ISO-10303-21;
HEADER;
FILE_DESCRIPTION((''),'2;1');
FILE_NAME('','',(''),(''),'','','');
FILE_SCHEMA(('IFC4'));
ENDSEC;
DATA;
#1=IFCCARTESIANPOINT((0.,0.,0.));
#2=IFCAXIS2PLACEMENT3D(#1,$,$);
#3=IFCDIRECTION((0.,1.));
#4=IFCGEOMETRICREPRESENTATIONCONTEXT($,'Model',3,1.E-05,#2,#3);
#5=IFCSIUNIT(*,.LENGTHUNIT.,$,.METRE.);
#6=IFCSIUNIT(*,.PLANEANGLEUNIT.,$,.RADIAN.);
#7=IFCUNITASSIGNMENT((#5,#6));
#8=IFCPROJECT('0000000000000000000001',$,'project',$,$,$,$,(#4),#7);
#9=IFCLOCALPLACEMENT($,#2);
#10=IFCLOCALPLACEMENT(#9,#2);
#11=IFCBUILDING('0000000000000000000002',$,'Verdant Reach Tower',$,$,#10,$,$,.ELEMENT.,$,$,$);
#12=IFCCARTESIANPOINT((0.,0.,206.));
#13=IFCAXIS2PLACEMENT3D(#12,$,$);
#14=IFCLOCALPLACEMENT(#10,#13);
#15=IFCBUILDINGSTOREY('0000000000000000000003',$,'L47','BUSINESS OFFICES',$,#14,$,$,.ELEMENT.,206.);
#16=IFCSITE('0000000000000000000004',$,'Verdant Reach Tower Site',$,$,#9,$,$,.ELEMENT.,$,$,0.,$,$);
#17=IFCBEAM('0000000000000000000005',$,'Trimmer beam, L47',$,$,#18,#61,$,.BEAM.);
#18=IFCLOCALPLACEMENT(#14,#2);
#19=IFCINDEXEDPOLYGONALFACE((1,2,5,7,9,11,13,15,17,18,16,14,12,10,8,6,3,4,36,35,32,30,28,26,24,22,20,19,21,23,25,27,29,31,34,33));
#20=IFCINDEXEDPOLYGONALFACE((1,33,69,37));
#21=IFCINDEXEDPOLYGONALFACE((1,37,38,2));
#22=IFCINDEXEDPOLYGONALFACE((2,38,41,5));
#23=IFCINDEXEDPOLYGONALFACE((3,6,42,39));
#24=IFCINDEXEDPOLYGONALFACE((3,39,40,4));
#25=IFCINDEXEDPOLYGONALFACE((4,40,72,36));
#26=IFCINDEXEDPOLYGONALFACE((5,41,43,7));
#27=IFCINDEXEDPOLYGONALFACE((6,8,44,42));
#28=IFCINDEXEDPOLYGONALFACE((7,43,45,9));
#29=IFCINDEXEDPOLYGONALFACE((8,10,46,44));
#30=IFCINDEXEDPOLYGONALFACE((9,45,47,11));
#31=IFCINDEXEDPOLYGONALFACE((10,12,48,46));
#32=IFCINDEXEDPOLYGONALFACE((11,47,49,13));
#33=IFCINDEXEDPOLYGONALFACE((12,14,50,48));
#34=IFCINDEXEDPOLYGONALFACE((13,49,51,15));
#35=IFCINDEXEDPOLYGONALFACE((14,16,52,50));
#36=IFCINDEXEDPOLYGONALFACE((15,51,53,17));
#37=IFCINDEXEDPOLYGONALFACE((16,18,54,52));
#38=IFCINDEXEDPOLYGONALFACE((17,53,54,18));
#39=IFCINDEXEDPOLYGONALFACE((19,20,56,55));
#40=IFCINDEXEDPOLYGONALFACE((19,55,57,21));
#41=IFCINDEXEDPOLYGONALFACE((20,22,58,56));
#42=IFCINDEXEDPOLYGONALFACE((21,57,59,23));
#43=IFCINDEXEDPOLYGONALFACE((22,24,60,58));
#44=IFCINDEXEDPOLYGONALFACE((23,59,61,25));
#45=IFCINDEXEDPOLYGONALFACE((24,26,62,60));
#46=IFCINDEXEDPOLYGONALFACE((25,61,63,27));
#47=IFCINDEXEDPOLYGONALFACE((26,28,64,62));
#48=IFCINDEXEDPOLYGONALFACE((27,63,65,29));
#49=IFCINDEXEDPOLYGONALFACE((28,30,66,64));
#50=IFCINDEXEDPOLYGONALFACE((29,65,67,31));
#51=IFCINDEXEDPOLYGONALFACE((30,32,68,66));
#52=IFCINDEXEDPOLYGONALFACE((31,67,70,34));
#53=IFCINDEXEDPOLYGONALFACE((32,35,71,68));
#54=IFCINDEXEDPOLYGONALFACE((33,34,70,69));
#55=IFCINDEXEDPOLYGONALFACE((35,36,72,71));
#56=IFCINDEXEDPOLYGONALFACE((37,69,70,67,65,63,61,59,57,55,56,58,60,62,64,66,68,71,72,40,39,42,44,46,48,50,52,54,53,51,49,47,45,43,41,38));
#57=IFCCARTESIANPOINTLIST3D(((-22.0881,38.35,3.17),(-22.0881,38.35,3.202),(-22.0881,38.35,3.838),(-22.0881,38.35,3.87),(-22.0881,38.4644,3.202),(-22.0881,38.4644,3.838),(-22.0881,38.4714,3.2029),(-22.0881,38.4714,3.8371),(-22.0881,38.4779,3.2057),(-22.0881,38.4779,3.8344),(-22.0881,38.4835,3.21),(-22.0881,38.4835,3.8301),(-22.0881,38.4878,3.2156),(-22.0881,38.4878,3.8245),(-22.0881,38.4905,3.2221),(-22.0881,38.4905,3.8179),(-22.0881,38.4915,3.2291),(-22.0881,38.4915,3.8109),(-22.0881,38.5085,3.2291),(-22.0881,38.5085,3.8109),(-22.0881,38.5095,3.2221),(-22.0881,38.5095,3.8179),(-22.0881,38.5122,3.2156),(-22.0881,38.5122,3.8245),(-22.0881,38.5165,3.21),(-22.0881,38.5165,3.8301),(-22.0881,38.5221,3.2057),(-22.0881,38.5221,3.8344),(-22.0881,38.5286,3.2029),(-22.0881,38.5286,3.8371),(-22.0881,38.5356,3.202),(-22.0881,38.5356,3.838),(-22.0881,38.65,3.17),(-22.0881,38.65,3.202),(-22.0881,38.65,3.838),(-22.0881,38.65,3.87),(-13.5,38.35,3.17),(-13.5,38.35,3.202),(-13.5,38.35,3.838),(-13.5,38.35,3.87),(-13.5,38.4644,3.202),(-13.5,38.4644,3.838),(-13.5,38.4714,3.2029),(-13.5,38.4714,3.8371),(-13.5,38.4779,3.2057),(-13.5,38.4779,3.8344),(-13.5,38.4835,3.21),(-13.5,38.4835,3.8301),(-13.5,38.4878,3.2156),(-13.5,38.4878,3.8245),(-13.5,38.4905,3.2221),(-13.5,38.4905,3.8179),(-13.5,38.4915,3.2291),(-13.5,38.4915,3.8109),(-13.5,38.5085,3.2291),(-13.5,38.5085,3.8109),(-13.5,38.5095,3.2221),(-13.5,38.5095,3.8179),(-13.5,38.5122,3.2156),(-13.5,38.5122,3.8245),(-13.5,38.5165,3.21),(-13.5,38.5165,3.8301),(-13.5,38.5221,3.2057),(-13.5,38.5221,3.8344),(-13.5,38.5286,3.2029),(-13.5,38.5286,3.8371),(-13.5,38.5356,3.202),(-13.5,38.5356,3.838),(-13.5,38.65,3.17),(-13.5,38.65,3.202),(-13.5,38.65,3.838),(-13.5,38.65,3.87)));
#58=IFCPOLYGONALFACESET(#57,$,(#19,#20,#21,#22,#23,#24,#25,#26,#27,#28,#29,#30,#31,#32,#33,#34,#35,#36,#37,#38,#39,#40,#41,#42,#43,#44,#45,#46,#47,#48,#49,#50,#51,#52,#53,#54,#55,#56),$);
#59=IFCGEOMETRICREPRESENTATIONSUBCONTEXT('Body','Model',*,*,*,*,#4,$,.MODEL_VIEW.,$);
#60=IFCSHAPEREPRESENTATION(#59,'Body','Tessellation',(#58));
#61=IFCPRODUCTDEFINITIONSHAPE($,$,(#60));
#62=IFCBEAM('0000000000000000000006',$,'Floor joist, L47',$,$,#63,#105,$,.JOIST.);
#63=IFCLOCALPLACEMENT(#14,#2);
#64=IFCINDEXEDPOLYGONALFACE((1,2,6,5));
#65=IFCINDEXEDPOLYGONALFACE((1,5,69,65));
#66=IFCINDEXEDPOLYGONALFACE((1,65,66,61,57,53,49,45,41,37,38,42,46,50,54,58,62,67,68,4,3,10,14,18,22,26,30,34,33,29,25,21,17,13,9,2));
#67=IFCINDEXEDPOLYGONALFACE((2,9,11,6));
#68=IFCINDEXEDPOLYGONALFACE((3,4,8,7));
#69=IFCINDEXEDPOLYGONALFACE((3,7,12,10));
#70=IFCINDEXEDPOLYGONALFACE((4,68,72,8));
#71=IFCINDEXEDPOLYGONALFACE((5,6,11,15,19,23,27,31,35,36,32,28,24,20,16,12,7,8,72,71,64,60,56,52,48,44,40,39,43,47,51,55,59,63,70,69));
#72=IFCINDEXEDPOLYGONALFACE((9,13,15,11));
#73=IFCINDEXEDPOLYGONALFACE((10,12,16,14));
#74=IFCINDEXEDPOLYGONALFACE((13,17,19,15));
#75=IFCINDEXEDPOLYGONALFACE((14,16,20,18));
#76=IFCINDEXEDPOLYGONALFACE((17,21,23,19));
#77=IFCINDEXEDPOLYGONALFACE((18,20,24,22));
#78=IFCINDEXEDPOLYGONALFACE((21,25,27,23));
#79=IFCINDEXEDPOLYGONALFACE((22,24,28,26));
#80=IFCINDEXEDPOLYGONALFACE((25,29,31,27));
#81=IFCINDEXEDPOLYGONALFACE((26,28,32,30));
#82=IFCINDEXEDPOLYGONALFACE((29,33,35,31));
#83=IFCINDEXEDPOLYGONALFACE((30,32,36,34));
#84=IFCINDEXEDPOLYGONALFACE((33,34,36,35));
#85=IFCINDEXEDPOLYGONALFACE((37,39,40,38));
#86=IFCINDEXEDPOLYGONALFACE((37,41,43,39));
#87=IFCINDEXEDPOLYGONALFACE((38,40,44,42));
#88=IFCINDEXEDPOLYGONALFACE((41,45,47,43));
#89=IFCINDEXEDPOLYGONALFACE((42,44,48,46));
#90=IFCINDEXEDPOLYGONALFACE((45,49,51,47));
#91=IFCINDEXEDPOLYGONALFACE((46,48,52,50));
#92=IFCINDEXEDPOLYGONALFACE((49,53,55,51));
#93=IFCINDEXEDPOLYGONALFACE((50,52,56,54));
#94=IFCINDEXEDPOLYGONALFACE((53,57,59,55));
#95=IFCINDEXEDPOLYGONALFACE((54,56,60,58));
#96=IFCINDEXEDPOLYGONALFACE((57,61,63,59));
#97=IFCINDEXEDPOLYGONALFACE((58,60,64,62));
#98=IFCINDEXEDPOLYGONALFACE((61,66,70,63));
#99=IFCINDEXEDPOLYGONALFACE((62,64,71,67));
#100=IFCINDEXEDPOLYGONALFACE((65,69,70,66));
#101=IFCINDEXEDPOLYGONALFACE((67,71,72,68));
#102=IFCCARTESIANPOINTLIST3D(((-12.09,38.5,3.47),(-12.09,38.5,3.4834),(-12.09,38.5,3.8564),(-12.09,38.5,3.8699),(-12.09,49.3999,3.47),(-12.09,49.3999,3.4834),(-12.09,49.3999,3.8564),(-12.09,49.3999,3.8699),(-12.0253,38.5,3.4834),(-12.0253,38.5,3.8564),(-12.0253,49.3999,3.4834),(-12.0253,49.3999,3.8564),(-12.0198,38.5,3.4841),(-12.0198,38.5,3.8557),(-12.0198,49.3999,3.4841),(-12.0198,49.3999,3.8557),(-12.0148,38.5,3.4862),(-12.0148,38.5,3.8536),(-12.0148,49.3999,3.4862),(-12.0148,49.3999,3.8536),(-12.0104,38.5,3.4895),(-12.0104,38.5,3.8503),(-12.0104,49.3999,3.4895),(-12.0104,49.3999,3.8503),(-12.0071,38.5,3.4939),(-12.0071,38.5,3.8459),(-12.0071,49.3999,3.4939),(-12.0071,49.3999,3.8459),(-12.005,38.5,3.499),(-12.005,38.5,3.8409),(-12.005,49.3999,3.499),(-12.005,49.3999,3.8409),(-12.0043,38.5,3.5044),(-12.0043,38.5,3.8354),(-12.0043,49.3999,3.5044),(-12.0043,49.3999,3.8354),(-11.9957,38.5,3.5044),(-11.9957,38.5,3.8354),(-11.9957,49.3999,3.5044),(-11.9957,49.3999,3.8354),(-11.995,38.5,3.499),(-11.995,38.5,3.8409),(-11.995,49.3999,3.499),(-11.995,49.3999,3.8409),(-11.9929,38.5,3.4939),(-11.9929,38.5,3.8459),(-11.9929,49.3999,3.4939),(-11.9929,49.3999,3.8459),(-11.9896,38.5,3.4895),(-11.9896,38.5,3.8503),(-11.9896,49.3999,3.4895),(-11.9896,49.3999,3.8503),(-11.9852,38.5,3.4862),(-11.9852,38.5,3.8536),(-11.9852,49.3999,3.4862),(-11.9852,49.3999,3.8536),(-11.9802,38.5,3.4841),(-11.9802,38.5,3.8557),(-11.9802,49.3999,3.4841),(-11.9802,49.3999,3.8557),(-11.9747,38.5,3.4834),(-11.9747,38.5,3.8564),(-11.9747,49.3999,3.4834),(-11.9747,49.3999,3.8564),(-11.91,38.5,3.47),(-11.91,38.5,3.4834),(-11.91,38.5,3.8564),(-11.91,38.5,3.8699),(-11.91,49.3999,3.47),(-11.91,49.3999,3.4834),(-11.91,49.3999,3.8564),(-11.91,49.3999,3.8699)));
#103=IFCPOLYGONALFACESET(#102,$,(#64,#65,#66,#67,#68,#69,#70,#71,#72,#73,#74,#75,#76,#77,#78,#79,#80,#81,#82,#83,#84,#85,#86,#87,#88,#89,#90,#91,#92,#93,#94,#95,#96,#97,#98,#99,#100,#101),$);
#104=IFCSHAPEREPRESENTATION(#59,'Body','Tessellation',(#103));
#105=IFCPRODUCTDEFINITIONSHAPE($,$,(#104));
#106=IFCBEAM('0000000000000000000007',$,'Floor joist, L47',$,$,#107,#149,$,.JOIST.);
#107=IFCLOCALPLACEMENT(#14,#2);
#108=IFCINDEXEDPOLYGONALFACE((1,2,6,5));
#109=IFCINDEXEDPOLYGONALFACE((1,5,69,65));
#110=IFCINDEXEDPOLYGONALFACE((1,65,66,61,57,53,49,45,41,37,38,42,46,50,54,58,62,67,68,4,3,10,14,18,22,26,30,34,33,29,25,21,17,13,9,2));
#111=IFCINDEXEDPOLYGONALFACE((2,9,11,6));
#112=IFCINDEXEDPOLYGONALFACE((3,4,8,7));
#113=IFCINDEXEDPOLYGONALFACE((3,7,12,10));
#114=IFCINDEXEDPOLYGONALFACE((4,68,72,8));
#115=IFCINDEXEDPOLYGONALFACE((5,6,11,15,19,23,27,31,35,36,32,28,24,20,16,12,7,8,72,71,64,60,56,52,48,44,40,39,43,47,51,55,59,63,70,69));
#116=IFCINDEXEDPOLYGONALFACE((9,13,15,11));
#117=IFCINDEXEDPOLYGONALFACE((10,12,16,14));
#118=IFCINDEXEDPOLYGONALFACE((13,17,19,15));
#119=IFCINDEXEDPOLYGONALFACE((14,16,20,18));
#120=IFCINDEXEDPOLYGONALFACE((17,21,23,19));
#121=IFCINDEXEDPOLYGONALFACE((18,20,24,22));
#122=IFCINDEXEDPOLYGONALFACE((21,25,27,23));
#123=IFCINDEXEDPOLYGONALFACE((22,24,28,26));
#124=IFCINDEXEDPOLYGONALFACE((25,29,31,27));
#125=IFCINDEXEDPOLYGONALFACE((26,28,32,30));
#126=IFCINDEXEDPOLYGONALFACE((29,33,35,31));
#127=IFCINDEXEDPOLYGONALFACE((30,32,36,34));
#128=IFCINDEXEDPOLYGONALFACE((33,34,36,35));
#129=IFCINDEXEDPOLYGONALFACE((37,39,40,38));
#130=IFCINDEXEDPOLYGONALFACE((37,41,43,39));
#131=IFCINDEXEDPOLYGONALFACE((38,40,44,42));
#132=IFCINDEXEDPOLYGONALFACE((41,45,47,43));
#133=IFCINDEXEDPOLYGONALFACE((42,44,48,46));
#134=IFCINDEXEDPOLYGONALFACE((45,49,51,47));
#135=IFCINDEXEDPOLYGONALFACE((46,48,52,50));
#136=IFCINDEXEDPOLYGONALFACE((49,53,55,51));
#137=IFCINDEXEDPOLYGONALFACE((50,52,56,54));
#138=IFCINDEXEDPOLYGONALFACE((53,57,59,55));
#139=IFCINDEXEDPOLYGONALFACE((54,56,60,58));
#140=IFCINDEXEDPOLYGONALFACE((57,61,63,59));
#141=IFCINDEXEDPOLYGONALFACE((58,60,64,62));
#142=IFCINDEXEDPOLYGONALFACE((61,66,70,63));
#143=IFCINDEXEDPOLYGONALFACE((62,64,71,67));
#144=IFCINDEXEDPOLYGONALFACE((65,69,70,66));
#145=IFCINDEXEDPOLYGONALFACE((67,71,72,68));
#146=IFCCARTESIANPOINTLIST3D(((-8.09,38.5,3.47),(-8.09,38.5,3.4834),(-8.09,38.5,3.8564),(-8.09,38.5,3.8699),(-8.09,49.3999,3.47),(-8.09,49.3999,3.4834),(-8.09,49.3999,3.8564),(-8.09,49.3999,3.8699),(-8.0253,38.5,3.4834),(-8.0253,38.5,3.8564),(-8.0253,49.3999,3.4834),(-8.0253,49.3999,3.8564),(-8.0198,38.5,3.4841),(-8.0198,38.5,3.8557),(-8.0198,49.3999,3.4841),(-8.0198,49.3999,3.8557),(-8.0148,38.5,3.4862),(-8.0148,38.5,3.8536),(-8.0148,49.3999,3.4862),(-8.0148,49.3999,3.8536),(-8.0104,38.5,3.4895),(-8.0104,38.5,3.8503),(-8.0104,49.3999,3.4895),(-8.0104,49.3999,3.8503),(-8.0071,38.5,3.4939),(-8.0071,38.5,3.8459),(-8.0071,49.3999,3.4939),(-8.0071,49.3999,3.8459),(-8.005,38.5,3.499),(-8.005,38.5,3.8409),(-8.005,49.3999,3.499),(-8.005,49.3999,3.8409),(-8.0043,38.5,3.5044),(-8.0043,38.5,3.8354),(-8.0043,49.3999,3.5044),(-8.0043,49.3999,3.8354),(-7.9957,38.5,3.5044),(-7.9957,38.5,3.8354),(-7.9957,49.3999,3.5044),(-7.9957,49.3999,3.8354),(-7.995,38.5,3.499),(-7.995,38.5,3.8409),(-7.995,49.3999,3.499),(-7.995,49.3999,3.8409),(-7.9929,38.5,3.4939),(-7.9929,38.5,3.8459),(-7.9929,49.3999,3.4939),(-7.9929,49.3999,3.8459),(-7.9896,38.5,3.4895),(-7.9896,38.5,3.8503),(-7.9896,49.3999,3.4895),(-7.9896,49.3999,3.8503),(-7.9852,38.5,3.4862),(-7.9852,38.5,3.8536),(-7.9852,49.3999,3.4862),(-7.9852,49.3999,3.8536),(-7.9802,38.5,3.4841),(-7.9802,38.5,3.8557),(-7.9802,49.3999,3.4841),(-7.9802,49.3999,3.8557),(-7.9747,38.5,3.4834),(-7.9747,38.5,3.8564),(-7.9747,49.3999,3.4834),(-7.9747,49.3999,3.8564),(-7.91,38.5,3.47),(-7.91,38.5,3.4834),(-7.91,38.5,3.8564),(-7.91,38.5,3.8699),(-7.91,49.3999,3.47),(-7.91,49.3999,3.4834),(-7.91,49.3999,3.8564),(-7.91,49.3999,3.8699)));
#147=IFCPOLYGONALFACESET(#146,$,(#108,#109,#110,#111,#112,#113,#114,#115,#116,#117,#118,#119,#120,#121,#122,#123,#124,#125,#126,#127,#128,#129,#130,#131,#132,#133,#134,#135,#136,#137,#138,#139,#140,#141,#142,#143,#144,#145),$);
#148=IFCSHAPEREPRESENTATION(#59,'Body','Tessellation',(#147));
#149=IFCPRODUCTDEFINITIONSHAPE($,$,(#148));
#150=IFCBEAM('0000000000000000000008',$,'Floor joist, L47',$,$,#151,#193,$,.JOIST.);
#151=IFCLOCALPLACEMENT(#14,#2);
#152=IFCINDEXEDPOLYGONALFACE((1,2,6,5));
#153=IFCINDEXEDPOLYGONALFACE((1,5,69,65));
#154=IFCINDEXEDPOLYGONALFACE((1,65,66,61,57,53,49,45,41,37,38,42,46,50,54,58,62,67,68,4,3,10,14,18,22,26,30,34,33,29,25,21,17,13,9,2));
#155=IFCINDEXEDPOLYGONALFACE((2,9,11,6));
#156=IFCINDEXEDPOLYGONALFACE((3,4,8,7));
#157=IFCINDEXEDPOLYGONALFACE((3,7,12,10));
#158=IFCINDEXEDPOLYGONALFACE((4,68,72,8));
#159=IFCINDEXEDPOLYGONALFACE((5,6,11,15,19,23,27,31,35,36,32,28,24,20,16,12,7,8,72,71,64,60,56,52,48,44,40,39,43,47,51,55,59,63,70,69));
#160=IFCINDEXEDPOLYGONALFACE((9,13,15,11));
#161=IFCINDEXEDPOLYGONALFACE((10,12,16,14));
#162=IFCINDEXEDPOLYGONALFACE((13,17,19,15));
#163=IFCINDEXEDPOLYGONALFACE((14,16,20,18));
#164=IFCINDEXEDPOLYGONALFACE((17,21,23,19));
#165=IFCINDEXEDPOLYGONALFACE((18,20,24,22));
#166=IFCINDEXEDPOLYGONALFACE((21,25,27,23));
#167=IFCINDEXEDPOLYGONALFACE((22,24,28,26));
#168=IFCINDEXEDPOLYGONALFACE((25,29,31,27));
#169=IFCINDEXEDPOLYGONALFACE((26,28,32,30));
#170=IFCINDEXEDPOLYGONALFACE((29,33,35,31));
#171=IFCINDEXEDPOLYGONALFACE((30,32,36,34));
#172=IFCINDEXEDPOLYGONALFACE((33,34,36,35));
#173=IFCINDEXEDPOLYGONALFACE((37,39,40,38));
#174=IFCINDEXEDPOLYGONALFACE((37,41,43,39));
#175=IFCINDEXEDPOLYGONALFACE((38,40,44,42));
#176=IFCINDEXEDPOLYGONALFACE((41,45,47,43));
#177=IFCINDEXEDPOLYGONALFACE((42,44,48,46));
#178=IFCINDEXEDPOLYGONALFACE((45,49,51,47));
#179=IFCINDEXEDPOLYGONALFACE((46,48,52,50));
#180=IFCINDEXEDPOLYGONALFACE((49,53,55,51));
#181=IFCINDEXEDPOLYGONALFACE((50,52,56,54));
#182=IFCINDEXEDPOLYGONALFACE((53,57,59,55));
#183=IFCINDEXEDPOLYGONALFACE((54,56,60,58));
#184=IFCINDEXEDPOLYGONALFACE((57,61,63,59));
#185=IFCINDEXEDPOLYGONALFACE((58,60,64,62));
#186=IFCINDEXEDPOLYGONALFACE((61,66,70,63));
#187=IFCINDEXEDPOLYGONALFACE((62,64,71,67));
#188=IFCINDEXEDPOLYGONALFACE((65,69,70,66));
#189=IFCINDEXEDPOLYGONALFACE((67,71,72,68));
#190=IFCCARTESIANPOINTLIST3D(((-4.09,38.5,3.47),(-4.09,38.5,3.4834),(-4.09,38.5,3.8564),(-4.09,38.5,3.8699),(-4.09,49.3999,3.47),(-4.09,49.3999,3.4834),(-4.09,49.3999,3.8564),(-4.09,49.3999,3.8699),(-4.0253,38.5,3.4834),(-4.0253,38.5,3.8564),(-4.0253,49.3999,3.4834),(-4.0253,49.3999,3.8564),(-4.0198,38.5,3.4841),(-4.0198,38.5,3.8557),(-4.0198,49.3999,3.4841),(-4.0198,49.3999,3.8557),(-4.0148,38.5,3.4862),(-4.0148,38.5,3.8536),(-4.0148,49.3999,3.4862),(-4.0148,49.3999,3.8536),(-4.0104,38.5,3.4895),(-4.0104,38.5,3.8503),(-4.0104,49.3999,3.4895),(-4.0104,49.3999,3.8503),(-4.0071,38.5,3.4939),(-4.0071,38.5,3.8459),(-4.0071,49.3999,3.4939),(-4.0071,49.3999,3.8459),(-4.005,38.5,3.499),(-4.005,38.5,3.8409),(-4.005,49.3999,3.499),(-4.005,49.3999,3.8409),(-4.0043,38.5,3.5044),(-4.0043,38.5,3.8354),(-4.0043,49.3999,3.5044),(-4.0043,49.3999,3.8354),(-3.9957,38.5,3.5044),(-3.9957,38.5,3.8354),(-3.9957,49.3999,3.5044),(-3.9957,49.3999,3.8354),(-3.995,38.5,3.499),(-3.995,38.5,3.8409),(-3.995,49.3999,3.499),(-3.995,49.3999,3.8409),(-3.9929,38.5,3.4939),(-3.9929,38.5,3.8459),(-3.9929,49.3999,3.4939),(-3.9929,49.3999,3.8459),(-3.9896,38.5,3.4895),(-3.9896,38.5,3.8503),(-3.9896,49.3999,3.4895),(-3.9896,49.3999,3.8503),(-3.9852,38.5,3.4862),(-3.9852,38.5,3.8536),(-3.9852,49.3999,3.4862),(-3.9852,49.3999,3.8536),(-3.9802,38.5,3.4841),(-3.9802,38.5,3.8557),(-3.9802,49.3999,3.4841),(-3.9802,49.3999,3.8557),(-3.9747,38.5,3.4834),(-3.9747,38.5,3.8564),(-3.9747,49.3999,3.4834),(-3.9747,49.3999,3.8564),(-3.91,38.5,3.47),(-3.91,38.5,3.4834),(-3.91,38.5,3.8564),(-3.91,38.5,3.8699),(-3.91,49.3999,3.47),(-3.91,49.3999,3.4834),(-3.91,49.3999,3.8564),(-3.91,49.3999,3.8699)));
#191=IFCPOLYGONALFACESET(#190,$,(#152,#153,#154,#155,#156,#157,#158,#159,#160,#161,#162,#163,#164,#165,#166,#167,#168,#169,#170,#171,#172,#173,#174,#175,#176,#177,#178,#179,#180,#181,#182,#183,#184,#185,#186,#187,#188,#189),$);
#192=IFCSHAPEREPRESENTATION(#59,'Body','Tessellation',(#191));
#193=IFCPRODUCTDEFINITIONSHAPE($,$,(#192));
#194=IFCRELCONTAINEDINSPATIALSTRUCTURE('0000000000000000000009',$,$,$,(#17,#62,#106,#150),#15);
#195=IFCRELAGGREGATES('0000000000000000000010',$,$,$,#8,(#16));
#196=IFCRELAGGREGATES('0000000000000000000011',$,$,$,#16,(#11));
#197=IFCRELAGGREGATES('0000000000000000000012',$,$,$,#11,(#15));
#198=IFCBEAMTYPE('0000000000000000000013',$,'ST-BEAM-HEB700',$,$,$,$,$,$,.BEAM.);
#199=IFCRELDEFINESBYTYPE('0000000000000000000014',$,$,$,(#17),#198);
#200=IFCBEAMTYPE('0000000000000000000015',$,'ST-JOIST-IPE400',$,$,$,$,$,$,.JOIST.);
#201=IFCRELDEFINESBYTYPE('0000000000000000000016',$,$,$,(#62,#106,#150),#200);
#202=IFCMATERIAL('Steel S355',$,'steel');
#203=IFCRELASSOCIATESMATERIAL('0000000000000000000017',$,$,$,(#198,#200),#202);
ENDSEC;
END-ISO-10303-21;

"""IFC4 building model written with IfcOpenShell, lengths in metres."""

from ifc_helpers import new_model, si_unit, direction, frame, origin, origin_2d, place, context, subcontext, project, spatial, i_section, extrude, material, material_profile, profile_set, type_object, element, save


model = new_model("IFC4")

# Units and contexts
model_context = context("Model", 3, precision=1e-05, world=origin(), true_north=direction((0.0, 1.0)))
body_context = subcontext(model_context, "Body", "Model", "MODEL_VIEW")
ifc_project = project(units=[si_unit("LENGTHUNIT", "METRE"), si_unit("PLANEANGLEUNIT", "RADIAN")], contexts=[model_context])

# Site, building, storey
site_placement = place(None, origin())
site = spatial("IfcSite", under=ifc_project, at=site_placement, Name="Verdant Reach Tower Site", CompositionType="ELEMENT", RefElevation=0.0)
building_placement = place(site_placement, origin())
building = spatial("IfcBuilding", under=site, at=building_placement, Name="Verdant Reach Tower", CompositionType="ELEMENT")
storey_placement = place(building_placement, frame((0.0, 0.0, 206.0)))
storey = spatial("IfcBuildingStorey", under=building, at=storey_placement, Name="L47", Description="BUSINESS OFFICES", CompositionType="ELEMENT", Elevation=206.0)

# Beams
ifc_material_1 = material(Name="Steel S355", Category="steel")
ifc_material_profile_1 = material_profile(ifc_material_1, i_section(OverallWidth=0.3, OverallDepth=0.7, WebThickness=0.0171, FlangeThickness=0.032, FilletRadius=0.0271, at=origin_2d()), Name="HEB 700")
ifc_profile_set_1 = profile_set([ifc_material_profile_1], Name="Steel S355")
beam_type_1 = type_object("IfcBeamType", Name="ST-BEAM-HEB700", PredefinedType="BEAM", material=ifc_profile_set_1)
beam_1_placement = place(storey_placement, frame((-13.5, 38.5, 3.52), z_axis=(-1.0, 0.0, 0.0), x_axis=(0.0, -1.0, 0.0)))
element("IfcBeam", 1, at=beam_1_placement, inside=storey, type_object=beam_type_1, Name="Trimmer beam, L47", PredefinedType="BEAM", context=body_context, shape_type="SweptSolid", body=[
    extrude(i_section(OverallWidth=0.3, OverallDepth=0.7, WebThickness=0.0171, FlangeThickness=0.032, FilletRadius=0.0271, at=origin_2d()), origin(), (0.0, 0.0, 1.0), 8.5881),
])
ifc_material_profile_2 = material_profile(ifc_material_1, i_section(OverallWidth=0.1799, OverallDepth=0.3999, WebThickness=0.0085, FlangeThickness=0.0134, FilletRadius=0.021, at=origin_2d()), Name="IPE 400")
ifc_profile_set_2 = profile_set([ifc_material_profile_2], Name="Steel S355")
beam_type_2 = type_object("IfcBeamType", Name="ST-JOIST-IPE400", PredefinedType="JOIST", material=ifc_profile_set_2)
for number, where, z_axis, x_axis, name in (
    (2, (-12.0, 38.5, 3.6699), (0.0, 1.0, 0.0), (-1.0, 0.0, 0.0), "Floor joist, L47"),
    (3, (-8.0, 38.5, 3.6699), (0.0, 1.0, 0.0), (-1.0, 0.0, 0.0), "Floor joist, L47"),
    (4, (-4.0, 38.5, 3.6699), (0.0, 1.0, 0.0), (-1.0, 0.0, 0.0), "Floor joist, L47"),
):
    element("IfcBeam", number, at=place(storey_placement, frame(where, z_axis=z_axis, x_axis=x_axis)), inside=storey, type_object=beam_type_2, Name=name, PredefinedType="JOIST", context=body_context, shape_type="SweptSolid", body=[
        extrude(i_section(OverallWidth=0.1799, OverallDepth=0.3999, WebThickness=0.0085, FlangeThickness=0.0134, FilletRadius=0.021, at=origin_2d()), origin(), (0.0, 0.0, 1.0), 10.8999),
    ])

save(model, "model.ifc")
